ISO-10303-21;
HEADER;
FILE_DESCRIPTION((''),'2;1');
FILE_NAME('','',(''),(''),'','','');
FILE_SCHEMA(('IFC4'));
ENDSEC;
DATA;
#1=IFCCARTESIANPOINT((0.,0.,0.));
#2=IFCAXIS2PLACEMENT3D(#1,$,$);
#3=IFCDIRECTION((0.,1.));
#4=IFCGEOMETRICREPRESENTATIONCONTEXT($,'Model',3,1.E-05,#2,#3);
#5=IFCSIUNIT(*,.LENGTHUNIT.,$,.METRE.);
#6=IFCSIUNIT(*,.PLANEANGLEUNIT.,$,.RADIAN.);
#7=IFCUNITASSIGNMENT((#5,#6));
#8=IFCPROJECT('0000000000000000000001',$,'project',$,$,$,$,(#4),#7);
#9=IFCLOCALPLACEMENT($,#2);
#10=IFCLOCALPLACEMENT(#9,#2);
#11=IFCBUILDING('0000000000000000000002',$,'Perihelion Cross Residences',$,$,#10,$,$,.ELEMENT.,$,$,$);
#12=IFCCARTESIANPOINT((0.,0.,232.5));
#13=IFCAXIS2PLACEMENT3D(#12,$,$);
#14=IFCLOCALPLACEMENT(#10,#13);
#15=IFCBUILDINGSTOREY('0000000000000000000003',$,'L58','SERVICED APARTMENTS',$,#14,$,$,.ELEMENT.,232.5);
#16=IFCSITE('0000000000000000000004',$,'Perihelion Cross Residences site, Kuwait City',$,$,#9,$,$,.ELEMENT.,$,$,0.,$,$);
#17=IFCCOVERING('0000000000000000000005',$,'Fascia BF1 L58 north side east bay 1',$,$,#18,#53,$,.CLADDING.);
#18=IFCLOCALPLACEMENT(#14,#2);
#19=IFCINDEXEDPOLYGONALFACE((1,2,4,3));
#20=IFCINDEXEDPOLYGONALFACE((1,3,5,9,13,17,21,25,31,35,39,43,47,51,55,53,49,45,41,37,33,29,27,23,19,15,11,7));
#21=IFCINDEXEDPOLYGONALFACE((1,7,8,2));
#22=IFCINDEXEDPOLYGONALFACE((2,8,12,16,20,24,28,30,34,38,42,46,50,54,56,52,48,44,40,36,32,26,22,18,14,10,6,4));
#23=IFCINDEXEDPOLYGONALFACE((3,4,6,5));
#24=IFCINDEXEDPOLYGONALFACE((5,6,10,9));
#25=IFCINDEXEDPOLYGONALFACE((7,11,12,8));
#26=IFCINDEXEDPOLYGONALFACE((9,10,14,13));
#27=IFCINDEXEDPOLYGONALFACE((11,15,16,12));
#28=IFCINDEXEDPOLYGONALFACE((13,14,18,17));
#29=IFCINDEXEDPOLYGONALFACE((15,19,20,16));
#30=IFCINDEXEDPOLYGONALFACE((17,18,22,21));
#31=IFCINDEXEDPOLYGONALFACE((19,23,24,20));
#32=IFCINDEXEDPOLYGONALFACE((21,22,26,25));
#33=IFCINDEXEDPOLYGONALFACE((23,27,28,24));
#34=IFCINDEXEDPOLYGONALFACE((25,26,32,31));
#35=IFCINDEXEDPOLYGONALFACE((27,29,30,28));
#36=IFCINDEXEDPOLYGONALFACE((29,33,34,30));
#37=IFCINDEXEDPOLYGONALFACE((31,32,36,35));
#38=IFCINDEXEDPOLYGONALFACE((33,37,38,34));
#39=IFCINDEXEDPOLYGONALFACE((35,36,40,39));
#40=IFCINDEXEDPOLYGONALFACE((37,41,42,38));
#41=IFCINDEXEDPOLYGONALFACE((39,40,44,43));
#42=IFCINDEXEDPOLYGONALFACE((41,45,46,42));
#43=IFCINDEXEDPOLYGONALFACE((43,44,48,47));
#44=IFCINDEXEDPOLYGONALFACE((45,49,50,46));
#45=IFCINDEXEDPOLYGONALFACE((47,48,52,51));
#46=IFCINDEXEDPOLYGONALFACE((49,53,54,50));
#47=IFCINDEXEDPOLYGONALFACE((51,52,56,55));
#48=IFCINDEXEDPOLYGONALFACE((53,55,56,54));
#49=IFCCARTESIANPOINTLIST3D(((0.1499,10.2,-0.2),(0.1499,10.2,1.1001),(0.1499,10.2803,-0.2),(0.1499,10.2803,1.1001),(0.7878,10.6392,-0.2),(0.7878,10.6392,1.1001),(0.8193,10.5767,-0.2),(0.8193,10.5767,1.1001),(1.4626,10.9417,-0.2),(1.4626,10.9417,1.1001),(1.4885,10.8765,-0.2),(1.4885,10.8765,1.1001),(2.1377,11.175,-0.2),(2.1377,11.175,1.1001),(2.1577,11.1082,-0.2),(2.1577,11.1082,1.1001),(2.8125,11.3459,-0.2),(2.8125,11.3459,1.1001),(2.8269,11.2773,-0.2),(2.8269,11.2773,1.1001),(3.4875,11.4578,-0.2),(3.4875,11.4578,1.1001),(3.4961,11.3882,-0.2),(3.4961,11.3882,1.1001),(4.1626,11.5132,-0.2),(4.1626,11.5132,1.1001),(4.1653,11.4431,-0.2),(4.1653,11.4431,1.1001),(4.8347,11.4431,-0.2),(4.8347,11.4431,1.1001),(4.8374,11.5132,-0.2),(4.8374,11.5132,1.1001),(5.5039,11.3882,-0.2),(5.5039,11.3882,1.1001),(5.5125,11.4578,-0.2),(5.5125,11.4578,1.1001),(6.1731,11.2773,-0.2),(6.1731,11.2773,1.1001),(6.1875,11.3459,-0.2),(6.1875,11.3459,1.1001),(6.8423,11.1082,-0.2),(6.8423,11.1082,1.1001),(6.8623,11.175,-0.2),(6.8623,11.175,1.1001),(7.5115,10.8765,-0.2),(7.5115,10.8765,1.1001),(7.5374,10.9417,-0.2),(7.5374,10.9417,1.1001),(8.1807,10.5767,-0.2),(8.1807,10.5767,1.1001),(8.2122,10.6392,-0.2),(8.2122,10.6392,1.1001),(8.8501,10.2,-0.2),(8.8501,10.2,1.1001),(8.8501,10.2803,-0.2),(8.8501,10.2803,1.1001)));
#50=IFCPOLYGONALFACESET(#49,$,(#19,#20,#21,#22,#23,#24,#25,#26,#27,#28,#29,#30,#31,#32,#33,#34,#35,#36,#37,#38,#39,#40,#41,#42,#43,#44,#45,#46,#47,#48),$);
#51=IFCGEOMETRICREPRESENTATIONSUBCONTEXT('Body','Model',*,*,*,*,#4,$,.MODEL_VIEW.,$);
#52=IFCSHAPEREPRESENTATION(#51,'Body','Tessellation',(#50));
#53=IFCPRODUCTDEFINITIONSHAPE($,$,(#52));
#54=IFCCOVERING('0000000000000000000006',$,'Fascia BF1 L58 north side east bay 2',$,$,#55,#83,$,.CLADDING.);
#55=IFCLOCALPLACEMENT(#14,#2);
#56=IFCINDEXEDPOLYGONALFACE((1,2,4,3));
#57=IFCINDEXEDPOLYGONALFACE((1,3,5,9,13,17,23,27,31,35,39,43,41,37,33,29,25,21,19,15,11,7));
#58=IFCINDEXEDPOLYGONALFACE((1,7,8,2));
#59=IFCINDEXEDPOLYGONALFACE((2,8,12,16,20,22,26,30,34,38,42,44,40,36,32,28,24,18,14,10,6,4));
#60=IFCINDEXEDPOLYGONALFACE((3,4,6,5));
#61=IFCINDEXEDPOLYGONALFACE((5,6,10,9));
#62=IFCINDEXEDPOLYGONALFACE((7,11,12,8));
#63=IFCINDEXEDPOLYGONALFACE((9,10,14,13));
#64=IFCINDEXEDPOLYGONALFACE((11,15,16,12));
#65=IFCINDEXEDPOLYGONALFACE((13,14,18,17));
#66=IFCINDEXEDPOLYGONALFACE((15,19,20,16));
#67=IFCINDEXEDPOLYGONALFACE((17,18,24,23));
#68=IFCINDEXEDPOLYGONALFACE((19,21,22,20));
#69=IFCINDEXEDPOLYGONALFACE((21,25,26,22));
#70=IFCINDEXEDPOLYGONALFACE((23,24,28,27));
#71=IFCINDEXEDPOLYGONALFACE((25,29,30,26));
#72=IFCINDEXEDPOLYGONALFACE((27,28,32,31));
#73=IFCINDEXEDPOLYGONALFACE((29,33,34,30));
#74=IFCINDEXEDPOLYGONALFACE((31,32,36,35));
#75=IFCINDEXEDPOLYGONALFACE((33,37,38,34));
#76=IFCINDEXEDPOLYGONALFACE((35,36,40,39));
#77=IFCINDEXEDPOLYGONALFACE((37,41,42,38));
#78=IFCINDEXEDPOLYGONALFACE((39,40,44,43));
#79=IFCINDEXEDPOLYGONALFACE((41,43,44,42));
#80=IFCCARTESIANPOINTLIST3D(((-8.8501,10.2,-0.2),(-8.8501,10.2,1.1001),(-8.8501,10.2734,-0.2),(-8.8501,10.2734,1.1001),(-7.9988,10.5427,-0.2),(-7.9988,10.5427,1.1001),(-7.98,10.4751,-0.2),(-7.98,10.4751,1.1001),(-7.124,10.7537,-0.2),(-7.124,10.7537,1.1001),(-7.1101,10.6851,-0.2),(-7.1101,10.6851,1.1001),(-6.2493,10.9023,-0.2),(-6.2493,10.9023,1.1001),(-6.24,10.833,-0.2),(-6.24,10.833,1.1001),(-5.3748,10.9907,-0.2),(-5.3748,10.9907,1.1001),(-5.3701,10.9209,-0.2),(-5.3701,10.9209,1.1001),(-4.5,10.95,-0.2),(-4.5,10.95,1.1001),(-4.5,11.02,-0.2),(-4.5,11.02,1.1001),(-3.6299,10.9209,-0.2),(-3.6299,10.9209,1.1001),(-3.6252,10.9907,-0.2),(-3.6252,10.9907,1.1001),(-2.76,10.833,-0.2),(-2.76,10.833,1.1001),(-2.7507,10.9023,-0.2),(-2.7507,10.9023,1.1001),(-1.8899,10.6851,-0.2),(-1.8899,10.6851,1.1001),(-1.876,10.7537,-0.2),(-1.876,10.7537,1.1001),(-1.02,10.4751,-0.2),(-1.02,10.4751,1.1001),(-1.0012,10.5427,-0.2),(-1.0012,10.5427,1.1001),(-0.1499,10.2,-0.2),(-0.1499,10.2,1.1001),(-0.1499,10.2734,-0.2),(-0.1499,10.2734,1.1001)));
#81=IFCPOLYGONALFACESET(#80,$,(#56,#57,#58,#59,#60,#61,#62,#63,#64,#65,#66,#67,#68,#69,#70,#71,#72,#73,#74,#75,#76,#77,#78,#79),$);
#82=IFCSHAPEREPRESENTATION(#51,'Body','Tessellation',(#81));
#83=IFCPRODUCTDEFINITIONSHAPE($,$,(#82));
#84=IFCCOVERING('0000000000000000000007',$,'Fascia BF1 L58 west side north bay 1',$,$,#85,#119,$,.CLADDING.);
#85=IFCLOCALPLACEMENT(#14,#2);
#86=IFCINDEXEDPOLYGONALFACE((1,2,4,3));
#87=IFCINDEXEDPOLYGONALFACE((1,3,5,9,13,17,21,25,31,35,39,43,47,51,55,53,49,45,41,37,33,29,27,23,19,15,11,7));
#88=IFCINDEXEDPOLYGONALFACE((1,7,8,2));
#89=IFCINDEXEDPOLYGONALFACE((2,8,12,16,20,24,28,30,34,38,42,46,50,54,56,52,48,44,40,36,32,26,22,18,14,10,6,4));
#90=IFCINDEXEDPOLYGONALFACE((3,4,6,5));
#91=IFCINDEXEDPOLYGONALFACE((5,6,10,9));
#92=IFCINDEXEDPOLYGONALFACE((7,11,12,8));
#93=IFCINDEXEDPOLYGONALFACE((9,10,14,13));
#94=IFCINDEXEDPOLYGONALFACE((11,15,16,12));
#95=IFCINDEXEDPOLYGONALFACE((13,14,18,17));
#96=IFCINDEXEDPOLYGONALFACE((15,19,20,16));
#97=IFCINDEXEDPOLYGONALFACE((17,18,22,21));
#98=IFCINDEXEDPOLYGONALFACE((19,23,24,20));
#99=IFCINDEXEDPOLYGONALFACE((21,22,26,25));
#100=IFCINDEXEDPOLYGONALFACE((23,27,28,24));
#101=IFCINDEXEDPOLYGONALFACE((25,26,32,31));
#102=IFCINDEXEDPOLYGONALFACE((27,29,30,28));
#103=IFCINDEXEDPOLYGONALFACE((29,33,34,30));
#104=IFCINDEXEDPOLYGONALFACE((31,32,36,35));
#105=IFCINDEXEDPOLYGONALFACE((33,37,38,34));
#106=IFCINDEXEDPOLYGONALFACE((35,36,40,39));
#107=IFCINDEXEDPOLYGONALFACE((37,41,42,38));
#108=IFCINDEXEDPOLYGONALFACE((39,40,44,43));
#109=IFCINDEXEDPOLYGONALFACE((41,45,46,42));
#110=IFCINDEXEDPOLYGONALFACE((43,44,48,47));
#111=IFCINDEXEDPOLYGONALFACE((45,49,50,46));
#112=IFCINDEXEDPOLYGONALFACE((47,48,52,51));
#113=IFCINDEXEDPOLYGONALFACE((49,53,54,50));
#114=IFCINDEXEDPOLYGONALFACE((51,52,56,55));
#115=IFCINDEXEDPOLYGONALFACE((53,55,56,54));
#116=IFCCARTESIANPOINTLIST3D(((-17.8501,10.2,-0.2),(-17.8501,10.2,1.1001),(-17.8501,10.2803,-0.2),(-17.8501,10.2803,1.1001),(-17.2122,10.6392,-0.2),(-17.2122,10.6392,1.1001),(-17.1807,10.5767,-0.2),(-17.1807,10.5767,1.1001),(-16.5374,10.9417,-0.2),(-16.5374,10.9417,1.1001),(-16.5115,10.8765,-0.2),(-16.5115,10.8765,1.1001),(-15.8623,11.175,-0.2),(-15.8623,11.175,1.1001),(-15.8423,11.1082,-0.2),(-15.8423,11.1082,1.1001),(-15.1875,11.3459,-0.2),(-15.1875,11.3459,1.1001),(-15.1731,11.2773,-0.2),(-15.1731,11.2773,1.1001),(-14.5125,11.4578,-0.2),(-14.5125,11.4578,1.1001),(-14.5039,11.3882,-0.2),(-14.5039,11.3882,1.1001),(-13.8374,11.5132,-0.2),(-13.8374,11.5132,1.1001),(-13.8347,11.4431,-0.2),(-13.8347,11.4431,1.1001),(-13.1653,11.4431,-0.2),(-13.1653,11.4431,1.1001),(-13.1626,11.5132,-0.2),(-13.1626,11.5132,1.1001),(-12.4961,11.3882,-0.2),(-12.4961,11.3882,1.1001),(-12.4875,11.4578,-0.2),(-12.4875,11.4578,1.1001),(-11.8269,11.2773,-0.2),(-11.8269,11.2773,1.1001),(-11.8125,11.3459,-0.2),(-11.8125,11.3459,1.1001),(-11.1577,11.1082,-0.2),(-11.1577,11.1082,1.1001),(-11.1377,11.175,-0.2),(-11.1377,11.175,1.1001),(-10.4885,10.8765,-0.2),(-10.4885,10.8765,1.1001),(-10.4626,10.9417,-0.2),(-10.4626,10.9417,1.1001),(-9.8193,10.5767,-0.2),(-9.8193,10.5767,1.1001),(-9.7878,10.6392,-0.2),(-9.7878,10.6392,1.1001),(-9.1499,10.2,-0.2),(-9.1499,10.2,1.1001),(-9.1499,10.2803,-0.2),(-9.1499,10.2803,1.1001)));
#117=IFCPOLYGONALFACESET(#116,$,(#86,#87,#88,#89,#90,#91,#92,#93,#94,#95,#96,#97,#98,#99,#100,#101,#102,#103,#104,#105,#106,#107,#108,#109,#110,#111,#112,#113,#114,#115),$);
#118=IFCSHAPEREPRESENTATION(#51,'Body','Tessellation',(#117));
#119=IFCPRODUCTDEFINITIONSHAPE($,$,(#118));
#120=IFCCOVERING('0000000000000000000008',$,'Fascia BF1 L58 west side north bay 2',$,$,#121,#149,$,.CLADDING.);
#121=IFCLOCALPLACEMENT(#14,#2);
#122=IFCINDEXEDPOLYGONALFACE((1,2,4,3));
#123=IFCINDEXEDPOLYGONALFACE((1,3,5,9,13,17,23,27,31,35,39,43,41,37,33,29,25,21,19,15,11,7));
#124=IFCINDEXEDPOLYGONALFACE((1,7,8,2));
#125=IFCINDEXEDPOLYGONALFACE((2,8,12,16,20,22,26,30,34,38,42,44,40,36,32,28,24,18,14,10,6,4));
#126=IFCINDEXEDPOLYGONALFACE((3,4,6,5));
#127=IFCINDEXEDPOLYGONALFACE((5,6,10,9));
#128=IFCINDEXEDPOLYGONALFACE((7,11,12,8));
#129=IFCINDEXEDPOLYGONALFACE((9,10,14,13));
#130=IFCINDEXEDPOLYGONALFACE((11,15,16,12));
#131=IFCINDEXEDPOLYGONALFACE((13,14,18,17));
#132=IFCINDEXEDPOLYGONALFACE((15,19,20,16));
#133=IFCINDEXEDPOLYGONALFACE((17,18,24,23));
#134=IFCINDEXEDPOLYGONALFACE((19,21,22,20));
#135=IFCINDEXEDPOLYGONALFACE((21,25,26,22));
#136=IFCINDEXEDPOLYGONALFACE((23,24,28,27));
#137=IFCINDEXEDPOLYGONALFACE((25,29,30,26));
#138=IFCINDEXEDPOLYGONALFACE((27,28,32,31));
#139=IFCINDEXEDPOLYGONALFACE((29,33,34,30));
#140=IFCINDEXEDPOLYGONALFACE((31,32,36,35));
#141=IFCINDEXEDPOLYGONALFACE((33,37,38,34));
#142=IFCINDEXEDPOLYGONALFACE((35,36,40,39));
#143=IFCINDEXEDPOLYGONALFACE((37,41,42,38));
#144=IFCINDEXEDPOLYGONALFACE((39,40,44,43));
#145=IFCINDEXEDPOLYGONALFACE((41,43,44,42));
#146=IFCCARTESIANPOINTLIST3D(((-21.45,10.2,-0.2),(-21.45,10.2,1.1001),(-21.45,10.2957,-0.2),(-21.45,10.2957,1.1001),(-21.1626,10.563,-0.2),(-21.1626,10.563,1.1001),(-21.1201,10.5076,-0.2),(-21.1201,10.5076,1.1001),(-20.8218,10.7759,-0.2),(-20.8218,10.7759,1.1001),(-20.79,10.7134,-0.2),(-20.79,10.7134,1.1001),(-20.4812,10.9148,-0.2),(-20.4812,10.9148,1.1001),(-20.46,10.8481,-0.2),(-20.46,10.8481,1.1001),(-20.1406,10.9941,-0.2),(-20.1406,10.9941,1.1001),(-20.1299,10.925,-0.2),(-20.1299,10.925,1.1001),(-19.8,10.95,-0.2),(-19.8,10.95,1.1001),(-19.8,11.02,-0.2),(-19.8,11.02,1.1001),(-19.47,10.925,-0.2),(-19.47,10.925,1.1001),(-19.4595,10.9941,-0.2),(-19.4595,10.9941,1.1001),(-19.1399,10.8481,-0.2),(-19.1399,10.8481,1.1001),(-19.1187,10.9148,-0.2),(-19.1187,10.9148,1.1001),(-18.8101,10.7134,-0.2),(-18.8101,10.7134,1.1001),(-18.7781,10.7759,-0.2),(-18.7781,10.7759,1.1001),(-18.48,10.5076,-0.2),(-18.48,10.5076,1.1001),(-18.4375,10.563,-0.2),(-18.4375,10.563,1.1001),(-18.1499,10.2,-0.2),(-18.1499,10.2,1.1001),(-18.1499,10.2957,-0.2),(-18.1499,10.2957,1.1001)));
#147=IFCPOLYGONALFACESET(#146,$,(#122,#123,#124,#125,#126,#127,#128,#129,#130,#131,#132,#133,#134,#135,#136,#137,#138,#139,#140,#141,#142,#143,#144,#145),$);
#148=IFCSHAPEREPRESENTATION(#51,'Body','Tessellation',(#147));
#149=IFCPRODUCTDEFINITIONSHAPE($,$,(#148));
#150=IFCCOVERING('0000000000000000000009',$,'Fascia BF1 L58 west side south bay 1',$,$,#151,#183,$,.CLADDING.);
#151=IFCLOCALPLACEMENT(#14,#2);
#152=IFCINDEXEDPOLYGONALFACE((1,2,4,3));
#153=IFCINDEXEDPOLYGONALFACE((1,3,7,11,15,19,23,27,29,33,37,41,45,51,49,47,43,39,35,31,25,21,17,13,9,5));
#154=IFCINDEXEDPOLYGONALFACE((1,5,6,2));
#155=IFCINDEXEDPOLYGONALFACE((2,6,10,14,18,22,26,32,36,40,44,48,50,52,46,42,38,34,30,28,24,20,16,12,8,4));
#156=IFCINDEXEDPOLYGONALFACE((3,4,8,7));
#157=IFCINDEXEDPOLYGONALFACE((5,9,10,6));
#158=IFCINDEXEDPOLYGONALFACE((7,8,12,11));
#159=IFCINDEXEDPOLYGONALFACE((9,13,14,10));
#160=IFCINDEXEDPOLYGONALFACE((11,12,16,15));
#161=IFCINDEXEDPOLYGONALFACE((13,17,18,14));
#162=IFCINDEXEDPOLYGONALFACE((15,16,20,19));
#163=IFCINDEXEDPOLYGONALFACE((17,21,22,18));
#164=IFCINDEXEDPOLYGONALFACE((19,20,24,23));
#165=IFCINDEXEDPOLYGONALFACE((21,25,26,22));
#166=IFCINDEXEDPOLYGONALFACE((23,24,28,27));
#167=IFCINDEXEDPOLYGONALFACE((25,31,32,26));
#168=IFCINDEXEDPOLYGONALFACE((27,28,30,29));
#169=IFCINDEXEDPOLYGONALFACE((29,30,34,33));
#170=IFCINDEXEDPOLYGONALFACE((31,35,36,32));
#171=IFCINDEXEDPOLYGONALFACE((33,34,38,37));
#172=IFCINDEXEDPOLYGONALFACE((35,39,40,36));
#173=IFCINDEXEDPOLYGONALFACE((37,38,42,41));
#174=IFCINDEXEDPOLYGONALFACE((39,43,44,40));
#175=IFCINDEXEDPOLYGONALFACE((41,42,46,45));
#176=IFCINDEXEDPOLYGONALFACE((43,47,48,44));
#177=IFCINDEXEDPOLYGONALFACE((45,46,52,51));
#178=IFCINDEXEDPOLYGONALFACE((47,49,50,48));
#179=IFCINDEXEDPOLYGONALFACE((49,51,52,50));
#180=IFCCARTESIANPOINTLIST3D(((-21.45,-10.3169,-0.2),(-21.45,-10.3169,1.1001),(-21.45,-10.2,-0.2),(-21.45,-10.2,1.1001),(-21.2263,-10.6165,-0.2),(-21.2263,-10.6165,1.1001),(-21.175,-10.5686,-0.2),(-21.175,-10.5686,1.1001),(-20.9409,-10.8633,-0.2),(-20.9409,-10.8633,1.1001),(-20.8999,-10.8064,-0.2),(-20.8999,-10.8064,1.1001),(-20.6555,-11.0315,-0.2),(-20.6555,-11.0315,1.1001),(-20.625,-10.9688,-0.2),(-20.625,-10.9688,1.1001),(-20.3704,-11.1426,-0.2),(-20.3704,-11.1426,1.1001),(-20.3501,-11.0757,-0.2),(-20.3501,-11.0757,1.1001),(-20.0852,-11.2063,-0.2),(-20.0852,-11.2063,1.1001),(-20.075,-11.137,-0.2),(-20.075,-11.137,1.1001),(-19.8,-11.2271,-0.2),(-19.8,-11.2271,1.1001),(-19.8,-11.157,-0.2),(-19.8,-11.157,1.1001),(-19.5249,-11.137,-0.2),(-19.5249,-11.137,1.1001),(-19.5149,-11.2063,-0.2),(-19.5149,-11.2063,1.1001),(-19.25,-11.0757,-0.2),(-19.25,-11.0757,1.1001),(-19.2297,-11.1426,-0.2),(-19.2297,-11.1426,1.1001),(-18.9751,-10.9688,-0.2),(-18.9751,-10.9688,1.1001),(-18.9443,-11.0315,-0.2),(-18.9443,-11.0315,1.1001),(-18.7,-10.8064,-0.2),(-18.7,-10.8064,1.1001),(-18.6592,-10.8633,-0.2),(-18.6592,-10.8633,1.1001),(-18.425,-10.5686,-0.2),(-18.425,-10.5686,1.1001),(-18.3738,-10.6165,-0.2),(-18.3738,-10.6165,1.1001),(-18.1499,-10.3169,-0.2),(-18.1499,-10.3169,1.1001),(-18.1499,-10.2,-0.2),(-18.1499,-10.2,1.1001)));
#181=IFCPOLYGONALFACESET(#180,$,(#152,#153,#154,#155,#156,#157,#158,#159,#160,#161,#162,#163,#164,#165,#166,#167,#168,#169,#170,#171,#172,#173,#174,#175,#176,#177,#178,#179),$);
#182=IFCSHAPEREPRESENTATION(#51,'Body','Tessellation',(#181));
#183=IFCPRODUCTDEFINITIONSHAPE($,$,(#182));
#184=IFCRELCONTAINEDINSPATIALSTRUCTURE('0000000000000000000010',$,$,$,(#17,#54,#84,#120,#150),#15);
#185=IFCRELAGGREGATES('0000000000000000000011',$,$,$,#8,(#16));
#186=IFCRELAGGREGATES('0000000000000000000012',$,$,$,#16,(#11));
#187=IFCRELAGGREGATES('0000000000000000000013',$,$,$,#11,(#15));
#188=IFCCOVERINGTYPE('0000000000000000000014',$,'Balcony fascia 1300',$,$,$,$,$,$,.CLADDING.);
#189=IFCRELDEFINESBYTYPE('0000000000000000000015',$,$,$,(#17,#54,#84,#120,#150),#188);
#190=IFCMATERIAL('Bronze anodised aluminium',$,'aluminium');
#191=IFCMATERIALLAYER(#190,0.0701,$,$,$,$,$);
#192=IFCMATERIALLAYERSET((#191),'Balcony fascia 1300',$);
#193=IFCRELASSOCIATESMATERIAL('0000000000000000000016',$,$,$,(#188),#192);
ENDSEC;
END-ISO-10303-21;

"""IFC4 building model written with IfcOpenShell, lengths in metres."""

from ifc_helpers import new_model, si_unit, direction, frame, origin, place, context, subcontext, project, spatial, polyline, outline, extrude, material, layer, layer_set, type_object, element, save


model = new_model("IFC4")

# Units and contexts
model_context = context("Model", 3, precision=1e-05, world=origin(), true_north=direction((0.0, 1.0)))
body_context = subcontext(model_context, "Body", "Model", "MODEL_VIEW")
ifc_project = project(units=[si_unit("LENGTHUNIT", "METRE"), si_unit("PLANEANGLEUNIT", "RADIAN")], contexts=[model_context])

# Site, building, storey
site_placement = place(None, origin())
site = spatial("IfcSite", under=ifc_project, at=site_placement, Name="Perihelion Cross Residences site, Kuwait City", CompositionType="ELEMENT", RefElevation=0.0)
building_placement = place(site_placement, origin())
building = spatial("IfcBuilding", under=site, at=building_placement, Name="Perihelion Cross Residences", CompositionType="ELEMENT")
storey_placement = place(building_placement, frame((0.0, 0.0, 232.5)))
storey = spatial("IfcBuildingStorey", under=building, at=storey_placement, Name="L58", Description="SERVICED APARTMENTS", CompositionType="ELEMENT", Elevation=232.5)

# Coverings
ifc_material_1 = material(Name="Bronze anodised aluminium", Category="aluminium")
ifc_layer_1 = layer(ifc_material_1, 0.0701)
ifc_layer_set_1 = layer_set([ifc_layer_1], Name="Balcony fascia 1300")
covering_type = type_object("IfcCoveringType", Name="Balcony fascia 1300", PredefinedType="CLADDING", material=ifc_layer_set_1)
covering_1_placement = place(storey_placement, frame((0.0, 0.0, -0.2)))
element("IfcCovering", 1, at=covering_1_placement, inside=storey, type_object=covering_type, Name="Fascia BF1 L58 north side east bay 1", PredefinedType="CLADDING", context=body_context, shape_type="SweptSolid", body=[
    extrude(outline(polyline([(8.2122, 10.6392), (7.5374, 10.9417), (6.8623, 11.175), (6.1875, 11.3459), (5.5125, 11.4578), (4.8374, 11.5132), (4.1626, 11.5132), (3.4875, 11.4578), (2.8125, 11.3459), (2.1377, 11.175), (1.4626, 10.9417), (0.7878, 10.6392), (0.1499, 10.2803), (0.1499, 10.2), (0.8193, 10.5767), (1.4885, 10.8765), (2.1577, 11.1082), (2.8269, 11.2773), (3.4961, 11.3882), (4.1653, 11.4431), (4.8347, 11.4431), (5.5039, 11.3882), (6.1731, 11.2773), (6.8423, 11.1082), (7.5115, 10.8765), (8.1807, 10.5767), (8.8501, 10.2), (8.8501, 10.2803), (8.2122, 10.6392)])), origin(), (0.0, 0.0, 1.0), 1.3),
])
covering_2_placement = place(storey_placement, frame((0.0, 0.0, -0.2)))
element("IfcCovering", 2, at=covering_2_placement, inside=storey, type_object=covering_type, Name="Fascia BF1 L58 north side east bay 2", PredefinedType="CLADDING", context=body_context, shape_type="SweptSolid", body=[
    extrude(outline(polyline([(-1.0012, 10.5427), (-1.876, 10.7537), (-2.7507, 10.9023), (-3.6252, 10.9907), (-4.5, 11.02), (-5.3748, 10.9907), (-6.2493, 10.9023), (-7.124, 10.7537), (-7.9988, 10.5427), (-8.8501, 10.2734), (-8.8501, 10.2), (-7.98, 10.4751), (-7.1101, 10.6851), (-6.24, 10.833), (-5.3701, 10.9209), (-4.5, 10.95), (-3.6299, 10.9209), (-2.76, 10.833), (-1.8899, 10.6851), (-1.02, 10.4751), (-0.1499, 10.2), (-0.1499, 10.2734), (-1.0012, 10.5427)])), origin(), (0.0, 0.0, 1.0), 1.3),
])
covering_3_placement = place(storey_placement, frame((0.0, 0.0, -0.2)))
element("IfcCovering", 3, at=covering_3_placement, inside=storey, type_object=covering_type, Name="Fascia BF1 L58 west side north bay 1", PredefinedType="CLADDING", context=body_context, shape_type="SweptSolid", body=[
    extrude(outline(polyline([(-9.7878, 10.6392), (-10.4626, 10.9417), (-11.1377, 11.175), (-11.8125, 11.3459), (-12.4875, 11.4578), (-13.1626, 11.5132), (-13.8374, 11.5132), (-14.5125, 11.4578), (-15.1875, 11.3459), (-15.8623, 11.175), (-16.5374, 10.9417), (-17.2122, 10.6392), (-17.8501, 10.2803), (-17.8501, 10.2), (-17.1807, 10.5767), (-16.5115, 10.8765), (-15.8423, 11.1082), (-15.1731, 11.2773), (-14.5039, 11.3882), (-13.8347, 11.4431), (-13.1653, 11.4431), (-12.4961, 11.3882), (-11.8269, 11.2773), (-11.1577, 11.1082), (-10.4885, 10.8765), (-9.8193, 10.5767), (-9.1499, 10.2), (-9.1499, 10.2803), (-9.7878, 10.6392)])), origin(), (0.0, 0.0, 1.0), 1.3),
])
covering_4_placement = place(storey_placement, frame((0.0, 0.0, -0.2)))
element("IfcCovering", 4, at=covering_4_placement, inside=storey, type_object=covering_type, Name="Fascia BF1 L58 west side north bay 2", PredefinedType="CLADDING", context=body_context, shape_type="SweptSolid", body=[
    extrude(outline(polyline([(-18.4375, 10.563), (-18.7781, 10.7759), (-19.1187, 10.9148), (-19.4595, 10.9941), (-19.8, 11.02), (-20.1406, 10.9941), (-20.4812, 10.9148), (-20.8218, 10.7759), (-21.1626, 10.563), (-21.45, 10.2957), (-21.45, 10.2), (-21.1201, 10.5076), (-20.79, 10.7134), (-20.46, 10.8481), (-20.1299, 10.925), (-19.8, 10.95), (-19.47, 10.925), (-19.1399, 10.8481), (-18.8101, 10.7134), (-18.48, 10.5076), (-18.1499, 10.2), (-18.1499, 10.2957), (-18.4375, 10.563)])), origin(), (0.0, 0.0, 1.0), 1.3),
])
covering_5_placement = place(storey_placement, frame((0.0, 0.0, -0.2)))
element("IfcCovering", 5, at=covering_5_placement, inside=storey, type_object=covering_type, Name="Fascia BF1 L58 west side south bay 1", PredefinedType="CLADDING", context=body_context, shape_type="SweptSolid", body=[
    extrude(outline(polyline([(-21.2263, -10.6165), (-20.9409, -10.8633), (-20.6555, -11.0315), (-20.3704, -11.1426), (-20.0852, -11.2063), (-19.8, -11.2271), (-19.5149, -11.2063), (-19.2297, -11.1426), (-18.9443, -11.0315), (-18.6592, -10.8633), (-18.3738, -10.6165), (-18.1499, -10.3169), (-18.1499, -10.2), (-18.425, -10.5686), (-18.7, -10.8064), (-18.9751, -10.9688), (-19.25, -11.0757), (-19.5249, -11.137), (-19.8, -11.157), (-20.075, -11.137), (-20.3501, -11.0757), (-20.625, -10.9688), (-20.8999, -10.8064), (-21.175, -10.5686), (-21.45, -10.2), (-21.45, -10.3169), (-21.2263, -10.6165)])), origin(), (0.0, 0.0, 1.0), 1.3),
])

save(model, "model.ifc")
